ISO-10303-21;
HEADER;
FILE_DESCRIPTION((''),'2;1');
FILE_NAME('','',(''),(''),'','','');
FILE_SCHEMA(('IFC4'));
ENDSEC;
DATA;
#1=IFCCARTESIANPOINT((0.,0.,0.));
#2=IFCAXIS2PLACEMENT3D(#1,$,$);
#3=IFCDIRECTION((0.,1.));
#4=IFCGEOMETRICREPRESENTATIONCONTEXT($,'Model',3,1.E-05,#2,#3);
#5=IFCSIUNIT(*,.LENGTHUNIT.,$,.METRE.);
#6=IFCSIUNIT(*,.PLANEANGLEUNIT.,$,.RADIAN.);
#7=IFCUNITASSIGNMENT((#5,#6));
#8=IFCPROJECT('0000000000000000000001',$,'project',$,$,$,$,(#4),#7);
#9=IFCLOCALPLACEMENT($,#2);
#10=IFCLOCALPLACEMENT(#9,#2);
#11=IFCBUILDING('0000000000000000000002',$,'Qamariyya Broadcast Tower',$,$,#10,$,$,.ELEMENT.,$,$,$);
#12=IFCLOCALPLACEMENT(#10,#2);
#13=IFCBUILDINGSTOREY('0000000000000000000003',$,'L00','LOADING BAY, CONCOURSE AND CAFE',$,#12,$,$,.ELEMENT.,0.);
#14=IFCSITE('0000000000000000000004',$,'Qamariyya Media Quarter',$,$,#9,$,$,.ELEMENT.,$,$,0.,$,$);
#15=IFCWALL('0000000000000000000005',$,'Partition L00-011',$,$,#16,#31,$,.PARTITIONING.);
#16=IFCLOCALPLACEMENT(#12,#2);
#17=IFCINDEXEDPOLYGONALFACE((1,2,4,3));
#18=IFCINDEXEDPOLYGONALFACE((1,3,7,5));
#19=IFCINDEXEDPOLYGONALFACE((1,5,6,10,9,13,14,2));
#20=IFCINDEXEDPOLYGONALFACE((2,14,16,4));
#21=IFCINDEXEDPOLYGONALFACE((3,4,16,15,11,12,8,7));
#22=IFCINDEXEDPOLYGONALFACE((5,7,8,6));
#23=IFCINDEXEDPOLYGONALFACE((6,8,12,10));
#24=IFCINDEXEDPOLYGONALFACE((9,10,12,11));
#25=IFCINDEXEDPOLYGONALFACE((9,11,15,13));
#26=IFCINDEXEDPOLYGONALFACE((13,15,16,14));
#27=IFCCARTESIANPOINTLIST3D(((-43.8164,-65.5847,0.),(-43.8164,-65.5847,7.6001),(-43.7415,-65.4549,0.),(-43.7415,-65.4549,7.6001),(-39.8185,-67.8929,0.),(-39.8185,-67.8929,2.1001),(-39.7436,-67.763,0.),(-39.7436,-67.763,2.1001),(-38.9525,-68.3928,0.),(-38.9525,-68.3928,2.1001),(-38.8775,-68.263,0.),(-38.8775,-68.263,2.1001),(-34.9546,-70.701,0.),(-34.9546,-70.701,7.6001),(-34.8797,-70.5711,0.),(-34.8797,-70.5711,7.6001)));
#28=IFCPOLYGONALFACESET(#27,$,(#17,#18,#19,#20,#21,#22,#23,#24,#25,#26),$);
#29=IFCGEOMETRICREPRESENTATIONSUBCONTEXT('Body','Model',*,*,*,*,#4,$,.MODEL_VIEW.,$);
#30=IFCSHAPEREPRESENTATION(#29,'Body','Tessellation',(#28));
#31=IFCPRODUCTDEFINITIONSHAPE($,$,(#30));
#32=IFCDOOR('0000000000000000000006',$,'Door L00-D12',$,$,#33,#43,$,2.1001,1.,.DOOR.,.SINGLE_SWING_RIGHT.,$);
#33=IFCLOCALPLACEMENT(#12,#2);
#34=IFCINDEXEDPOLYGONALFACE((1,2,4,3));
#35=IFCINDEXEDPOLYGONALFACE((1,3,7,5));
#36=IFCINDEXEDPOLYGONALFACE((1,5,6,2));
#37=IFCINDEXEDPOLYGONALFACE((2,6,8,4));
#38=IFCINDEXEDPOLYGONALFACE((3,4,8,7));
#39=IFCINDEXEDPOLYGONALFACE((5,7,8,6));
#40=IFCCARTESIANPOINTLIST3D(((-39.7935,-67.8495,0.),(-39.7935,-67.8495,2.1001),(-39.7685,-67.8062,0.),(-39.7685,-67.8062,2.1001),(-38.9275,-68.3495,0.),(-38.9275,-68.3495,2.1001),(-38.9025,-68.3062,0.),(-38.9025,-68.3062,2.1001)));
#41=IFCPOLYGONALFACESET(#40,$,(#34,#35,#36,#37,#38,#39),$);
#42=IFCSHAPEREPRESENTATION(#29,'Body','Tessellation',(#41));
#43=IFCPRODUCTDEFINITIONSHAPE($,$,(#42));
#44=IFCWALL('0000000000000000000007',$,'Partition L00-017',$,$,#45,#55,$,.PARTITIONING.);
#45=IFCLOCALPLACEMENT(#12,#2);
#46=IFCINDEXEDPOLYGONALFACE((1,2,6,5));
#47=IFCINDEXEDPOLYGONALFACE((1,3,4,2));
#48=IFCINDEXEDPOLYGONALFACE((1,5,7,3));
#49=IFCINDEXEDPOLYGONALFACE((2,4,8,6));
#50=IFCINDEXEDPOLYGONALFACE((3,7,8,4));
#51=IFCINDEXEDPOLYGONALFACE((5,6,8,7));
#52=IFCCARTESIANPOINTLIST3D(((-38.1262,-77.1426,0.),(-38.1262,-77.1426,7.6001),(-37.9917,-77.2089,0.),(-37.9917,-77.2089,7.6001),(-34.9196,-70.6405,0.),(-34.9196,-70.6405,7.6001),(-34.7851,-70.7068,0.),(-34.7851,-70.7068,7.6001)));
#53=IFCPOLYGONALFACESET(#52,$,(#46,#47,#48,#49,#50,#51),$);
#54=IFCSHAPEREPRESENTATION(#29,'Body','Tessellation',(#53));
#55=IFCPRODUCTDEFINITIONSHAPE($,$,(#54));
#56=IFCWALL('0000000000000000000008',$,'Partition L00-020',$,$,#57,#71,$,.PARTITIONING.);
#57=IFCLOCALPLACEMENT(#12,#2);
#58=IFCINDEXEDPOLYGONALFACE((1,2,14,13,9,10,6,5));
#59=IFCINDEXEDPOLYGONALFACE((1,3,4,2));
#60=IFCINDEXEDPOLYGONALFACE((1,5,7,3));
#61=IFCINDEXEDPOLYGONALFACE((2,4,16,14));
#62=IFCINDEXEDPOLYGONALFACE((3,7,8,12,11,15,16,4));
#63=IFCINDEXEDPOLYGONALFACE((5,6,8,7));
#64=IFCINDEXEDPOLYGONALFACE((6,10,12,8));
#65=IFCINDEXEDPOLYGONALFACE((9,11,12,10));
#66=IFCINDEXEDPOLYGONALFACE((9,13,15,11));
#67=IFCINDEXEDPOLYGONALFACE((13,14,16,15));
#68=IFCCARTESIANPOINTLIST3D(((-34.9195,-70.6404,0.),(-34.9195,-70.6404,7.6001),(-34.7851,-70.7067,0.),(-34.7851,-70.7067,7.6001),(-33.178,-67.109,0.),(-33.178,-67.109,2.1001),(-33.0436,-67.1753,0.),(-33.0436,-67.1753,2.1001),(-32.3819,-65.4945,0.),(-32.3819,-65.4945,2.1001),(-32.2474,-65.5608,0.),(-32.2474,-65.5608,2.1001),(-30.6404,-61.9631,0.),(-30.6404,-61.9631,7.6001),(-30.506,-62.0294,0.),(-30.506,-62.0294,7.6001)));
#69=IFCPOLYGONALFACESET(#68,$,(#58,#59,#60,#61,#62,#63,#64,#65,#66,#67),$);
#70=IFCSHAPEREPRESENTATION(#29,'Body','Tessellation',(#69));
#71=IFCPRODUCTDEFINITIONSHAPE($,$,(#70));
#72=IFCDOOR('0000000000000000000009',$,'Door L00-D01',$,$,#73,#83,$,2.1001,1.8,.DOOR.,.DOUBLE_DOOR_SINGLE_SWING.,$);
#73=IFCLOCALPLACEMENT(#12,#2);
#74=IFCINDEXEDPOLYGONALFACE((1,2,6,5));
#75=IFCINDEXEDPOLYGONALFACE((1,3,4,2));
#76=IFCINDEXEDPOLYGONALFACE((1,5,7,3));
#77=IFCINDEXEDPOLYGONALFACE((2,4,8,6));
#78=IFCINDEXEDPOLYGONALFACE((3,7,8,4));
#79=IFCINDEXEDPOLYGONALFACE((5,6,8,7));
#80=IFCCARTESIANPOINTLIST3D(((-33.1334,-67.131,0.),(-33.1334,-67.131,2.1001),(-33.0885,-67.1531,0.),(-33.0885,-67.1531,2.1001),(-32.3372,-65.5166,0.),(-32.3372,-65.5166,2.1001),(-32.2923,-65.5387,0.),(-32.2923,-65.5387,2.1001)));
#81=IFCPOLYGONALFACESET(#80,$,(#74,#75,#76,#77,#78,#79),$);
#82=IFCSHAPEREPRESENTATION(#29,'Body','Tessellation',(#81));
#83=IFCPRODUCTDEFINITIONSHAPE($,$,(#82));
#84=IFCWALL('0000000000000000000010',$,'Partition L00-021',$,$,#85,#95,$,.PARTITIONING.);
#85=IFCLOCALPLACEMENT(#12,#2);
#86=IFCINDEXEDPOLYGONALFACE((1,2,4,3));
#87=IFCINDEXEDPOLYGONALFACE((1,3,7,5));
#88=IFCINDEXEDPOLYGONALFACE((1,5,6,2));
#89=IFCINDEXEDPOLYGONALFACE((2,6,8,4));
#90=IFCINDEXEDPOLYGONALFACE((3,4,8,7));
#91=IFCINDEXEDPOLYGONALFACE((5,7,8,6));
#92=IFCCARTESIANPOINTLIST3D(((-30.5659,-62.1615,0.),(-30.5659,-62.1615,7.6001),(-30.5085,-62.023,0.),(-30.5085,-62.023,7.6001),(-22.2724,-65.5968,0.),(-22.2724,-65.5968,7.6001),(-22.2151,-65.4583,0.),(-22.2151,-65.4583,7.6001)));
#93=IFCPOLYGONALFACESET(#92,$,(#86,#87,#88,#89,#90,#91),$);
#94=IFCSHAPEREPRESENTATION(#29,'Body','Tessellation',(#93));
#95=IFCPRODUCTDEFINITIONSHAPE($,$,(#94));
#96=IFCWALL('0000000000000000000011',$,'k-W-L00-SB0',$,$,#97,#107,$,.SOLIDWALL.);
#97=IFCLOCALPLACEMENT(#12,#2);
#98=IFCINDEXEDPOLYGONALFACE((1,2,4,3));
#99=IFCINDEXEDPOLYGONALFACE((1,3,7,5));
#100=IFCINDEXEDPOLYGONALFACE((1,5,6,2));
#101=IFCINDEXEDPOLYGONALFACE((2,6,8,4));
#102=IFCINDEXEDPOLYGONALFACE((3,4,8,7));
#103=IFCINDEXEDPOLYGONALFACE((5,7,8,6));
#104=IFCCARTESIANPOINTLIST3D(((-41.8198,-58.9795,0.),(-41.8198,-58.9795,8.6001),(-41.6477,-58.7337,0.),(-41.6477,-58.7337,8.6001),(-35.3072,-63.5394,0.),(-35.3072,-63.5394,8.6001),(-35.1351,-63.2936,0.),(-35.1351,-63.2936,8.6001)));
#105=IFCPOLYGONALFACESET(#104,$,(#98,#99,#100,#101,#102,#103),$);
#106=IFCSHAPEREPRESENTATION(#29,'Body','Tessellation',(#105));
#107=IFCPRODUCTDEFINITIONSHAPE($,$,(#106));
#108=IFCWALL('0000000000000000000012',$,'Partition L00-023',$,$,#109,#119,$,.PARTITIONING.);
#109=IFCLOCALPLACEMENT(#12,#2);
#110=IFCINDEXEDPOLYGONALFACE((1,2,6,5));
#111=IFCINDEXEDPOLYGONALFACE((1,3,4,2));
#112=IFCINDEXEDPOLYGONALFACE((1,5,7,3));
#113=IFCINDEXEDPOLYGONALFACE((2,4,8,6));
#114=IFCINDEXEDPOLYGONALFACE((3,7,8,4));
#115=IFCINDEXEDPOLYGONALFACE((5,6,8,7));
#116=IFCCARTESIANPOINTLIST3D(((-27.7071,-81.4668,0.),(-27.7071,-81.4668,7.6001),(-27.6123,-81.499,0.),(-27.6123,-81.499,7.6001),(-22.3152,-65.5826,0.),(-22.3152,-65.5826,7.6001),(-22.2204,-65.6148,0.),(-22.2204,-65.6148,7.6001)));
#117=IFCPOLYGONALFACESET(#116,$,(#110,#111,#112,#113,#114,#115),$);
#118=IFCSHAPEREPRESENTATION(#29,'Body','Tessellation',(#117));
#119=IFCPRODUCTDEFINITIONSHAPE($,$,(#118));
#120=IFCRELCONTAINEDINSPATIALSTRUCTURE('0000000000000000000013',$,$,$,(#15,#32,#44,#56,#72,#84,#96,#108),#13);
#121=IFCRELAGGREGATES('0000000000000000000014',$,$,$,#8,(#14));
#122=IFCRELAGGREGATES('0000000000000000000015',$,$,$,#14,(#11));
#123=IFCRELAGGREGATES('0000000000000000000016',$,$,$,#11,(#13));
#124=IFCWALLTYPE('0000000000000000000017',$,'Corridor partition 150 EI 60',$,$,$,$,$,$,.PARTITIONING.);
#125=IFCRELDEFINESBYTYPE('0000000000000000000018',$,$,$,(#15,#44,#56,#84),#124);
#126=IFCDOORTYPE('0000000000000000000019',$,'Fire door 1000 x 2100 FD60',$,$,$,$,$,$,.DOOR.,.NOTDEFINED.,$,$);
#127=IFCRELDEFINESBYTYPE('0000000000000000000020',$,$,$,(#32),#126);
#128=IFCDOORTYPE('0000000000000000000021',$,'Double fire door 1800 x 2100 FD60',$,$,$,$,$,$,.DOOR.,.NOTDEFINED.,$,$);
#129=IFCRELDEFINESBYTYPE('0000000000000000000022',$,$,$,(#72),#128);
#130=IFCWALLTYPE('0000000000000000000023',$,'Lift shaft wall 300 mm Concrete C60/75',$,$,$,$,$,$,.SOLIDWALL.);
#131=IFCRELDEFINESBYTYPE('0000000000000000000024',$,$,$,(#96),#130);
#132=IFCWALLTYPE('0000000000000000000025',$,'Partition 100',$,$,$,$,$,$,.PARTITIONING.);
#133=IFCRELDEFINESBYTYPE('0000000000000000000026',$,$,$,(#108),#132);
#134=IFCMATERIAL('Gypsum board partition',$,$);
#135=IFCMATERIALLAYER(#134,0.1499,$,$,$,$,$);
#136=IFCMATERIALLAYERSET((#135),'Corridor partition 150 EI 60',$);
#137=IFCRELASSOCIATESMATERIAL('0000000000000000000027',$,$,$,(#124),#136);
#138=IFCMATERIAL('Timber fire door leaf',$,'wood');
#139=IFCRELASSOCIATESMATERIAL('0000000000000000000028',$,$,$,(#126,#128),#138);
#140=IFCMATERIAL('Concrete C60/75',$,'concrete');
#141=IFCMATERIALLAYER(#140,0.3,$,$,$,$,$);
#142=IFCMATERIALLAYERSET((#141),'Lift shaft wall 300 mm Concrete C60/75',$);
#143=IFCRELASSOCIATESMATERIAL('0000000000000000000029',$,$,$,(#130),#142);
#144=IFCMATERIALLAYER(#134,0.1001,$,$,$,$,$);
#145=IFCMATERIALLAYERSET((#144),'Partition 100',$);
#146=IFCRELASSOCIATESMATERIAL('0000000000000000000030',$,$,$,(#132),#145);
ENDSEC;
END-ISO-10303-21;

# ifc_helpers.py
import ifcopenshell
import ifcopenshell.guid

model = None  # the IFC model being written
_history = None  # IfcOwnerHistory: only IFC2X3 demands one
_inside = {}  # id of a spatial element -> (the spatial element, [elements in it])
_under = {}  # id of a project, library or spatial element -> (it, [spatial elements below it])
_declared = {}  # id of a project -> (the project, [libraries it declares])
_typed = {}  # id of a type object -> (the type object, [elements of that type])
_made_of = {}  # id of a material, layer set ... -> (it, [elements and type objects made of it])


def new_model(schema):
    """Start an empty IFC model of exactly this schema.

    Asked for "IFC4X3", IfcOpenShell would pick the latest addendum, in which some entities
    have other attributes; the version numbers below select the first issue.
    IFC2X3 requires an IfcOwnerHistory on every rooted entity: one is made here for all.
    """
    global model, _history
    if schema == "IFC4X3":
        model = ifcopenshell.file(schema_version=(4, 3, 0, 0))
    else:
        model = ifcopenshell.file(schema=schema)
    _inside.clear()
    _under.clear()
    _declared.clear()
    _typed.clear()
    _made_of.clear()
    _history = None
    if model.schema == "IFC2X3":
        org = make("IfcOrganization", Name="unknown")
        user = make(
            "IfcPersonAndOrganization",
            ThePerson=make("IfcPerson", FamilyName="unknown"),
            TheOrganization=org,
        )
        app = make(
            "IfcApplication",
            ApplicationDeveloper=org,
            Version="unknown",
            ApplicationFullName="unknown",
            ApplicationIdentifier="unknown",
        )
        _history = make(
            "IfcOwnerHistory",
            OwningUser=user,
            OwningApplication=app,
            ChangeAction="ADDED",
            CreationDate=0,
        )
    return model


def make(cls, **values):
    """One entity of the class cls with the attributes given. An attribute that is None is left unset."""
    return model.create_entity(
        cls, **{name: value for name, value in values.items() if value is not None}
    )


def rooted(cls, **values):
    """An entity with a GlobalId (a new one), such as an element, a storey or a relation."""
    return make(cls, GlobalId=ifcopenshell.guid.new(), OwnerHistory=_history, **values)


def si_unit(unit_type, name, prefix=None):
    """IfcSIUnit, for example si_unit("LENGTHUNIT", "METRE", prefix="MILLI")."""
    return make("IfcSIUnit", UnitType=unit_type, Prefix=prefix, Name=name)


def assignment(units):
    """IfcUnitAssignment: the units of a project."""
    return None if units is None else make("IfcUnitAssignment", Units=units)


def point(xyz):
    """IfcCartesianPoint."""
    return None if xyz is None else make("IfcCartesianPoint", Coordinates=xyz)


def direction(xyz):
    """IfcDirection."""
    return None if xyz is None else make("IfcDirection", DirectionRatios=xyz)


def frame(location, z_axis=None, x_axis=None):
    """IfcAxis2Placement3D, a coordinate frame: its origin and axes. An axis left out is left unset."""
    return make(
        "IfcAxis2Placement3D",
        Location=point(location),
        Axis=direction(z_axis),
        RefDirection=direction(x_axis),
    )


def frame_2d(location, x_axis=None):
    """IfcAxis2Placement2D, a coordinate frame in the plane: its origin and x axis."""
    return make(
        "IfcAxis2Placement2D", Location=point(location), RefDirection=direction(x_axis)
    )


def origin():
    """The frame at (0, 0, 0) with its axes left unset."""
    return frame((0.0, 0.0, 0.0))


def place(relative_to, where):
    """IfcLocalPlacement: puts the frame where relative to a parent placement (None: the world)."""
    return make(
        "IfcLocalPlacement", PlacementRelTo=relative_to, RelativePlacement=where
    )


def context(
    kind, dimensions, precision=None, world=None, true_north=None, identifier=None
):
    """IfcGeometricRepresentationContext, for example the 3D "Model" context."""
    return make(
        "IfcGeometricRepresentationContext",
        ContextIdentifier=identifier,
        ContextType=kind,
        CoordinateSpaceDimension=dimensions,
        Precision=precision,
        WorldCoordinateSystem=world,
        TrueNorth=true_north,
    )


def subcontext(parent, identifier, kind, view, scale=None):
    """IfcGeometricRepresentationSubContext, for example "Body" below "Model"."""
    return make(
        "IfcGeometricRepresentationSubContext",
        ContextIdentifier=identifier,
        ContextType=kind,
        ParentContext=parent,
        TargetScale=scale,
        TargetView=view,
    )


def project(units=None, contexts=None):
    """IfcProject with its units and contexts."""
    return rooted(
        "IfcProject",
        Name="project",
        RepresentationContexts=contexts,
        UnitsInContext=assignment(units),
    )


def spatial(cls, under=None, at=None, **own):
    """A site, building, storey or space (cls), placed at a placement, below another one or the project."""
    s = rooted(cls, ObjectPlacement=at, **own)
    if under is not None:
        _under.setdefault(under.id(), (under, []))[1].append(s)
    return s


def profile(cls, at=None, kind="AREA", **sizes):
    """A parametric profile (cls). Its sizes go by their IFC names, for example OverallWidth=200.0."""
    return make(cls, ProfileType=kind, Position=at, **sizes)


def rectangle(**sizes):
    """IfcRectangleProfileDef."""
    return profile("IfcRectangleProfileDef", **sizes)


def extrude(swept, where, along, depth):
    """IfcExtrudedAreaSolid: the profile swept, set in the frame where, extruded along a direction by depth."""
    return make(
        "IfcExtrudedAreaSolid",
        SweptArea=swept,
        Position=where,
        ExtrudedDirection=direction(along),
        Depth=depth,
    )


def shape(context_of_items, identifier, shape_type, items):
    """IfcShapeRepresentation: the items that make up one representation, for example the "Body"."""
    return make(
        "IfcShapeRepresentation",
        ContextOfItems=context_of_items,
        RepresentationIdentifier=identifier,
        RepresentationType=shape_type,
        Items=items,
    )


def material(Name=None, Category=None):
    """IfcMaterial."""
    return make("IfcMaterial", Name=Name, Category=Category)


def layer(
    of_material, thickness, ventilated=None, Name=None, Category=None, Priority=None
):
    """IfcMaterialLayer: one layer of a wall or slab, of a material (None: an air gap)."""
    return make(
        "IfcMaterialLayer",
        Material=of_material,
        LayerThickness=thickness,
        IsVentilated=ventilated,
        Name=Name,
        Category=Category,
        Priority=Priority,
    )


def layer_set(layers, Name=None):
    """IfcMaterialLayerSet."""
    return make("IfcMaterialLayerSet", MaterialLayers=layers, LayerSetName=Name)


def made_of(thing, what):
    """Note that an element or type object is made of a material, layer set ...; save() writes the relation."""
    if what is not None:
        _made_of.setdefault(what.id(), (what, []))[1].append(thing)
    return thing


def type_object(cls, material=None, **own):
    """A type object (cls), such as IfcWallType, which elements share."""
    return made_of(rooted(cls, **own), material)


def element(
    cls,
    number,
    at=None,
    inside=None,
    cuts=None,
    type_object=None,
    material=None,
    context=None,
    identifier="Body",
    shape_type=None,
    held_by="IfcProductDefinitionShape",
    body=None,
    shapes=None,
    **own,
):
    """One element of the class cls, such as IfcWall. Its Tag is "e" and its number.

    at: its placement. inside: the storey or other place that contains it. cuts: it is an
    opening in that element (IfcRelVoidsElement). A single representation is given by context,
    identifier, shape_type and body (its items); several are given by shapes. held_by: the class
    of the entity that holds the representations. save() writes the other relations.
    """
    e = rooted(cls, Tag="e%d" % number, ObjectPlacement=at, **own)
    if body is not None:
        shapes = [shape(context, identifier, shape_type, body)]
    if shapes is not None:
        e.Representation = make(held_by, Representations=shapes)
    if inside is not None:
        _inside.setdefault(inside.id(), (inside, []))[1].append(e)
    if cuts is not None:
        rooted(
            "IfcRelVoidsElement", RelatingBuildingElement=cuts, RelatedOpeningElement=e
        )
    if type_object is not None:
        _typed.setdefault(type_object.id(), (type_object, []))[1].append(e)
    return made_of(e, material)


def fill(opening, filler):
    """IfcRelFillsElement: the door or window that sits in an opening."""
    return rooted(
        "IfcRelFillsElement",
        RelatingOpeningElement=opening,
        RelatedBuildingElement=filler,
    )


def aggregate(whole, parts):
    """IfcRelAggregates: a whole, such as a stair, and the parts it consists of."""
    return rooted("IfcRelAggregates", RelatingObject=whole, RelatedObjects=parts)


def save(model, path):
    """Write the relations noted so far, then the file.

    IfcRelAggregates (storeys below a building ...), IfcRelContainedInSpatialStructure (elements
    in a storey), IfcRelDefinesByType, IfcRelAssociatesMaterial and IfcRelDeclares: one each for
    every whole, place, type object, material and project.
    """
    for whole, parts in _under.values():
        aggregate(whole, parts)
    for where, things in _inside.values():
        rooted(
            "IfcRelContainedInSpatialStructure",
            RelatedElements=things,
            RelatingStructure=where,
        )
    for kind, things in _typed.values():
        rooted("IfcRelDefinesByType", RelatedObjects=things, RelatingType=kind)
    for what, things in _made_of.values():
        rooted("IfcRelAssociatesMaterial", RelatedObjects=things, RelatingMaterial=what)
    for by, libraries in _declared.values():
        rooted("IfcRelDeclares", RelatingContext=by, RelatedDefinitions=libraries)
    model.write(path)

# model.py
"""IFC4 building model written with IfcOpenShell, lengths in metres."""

from ifc_helpers import new_model, si_unit, direction, frame, frame_2d, origin, place, context, subcontext, project, spatial, rectangle, extrude, material, layer, layer_set, type_object, element, fill, save


model = new_model("IFC4")

# Units and contexts
model_context = context("Model", 3, precision=1e-05, world=origin(), true_north=direction((0.0, 1.0)))
body_context = subcontext(model_context, "Body", "Model", "MODEL_VIEW")
ifc_project = project(units=[si_unit("LENGTHUNIT", "METRE"), si_unit("PLANEANGLEUNIT", "RADIAN")], contexts=[model_context])

# Site, building, storey
site_placement = place(None, origin())
site = spatial("IfcSite", under=ifc_project, at=site_placement, Name="Qamariyya Media Quarter", CompositionType="ELEMENT", RefElevation=0.0)
building_placement = place(site_placement, origin())
building = spatial("IfcBuilding", under=site, at=building_placement, Name="Qamariyya Broadcast Tower", CompositionType="ELEMENT")
storey_placement = place(building_placement, origin())
storey = spatial("IfcBuildingStorey", under=building, at=storey_placement, Name="L00", Description="LOADING BAY, CONCOURSE AND CAFE", CompositionType="ELEMENT", Elevation=0.0)

# Wall, opening, door
ifc_material_1 = material(Name="Gypsum board partition")
ifc_layer_1 = layer(ifc_material_1, 0.1499)
ifc_layer_set_1 = layer_set([ifc_layer_1], Name="Corridor partition 150 EI 60")
wall_type_1 = type_object("IfcWallType", Name="Corridor partition 150 EI 60", PredefinedType="PARTITIONING", material=ifc_layer_set_1)
wall_1_placement = place(storey_placement, frame((-34.9172, -70.636, 0.0), z_axis=(0.0, 0.0, 1.0), x_axis=(-0.866032, 0.499988, 0.0)))
wall_1 = element("IfcWall", 1, at=wall_1_placement, inside=storey, type_object=wall_type_1, Name="Partition L00-011", PredefinedType="PARTITIONING", context=body_context, shape_type="SweptSolid", body=[
    extrude(rectangle(XDim=10.2327, YDim=0.1499, at=frame_2d((5.1162, 0.0))), origin(), (0.0, 0.0, 1.0), 7.6001),
])
opening_1_placement = place(wall_1_placement, frame((4.6162, 0.0, 0.0)))
opening_1 = element("IfcOpeningElement", 2, at=opening_1_placement, cuts=wall_1, PredefinedType="OPENING", context=body_context, shape_type="SweptSolid", body=[
    extrude(rectangle(XDim=1.0, YDim=2.1001, at=frame_2d((0.5, 1.05))), frame((0.0, 0.085, 0.0), z_axis=(0.0, -1.0, 0.0), x_axis=(1.0, 0.0, 0.0)), (0.0, 0.0, 1.0), 0.1699),
])
ifc_material_2 = material(Name="Timber fire door leaf", Category="wood")
door_type_1 = type_object("IfcDoorType", Name="Fire door 1000 x 2100 FD60", OperationType="NOTDEFINED", PredefinedType="DOOR", material=ifc_material_2)
door_1_placement = place(opening_1_placement, origin())
door_1 = element("IfcDoor", 3, at=door_1_placement, inside=storey, type_object=door_type_1, Name="Door L00-D12", OperationType="SINGLE_SWING_RIGHT", OverallHeight=2.1001, OverallWidth=1.0, PredefinedType="DOOR", context=body_context, shape_type="SweptSolid", body=[
    extrude(rectangle(XDim=1.0, YDim=2.1001, at=frame_2d((0.5, 1.05))), frame((0.0, 0.0249, 0.0), z_axis=(0.0, -1.0, 0.0), x_axis=(1.0, 0.0, 0.0)), (0.0, 0.0, 1.0), 0.05),
])
fill(opening_1, door_1)

# Wall
wall_2_placement = place(storey_placement, frame((-34.8523, -70.6736, 0.0), z_axis=(0.0, 0.0, 1.0), x_axis=(-0.442304, -0.896865, 0.0)))
element("IfcWall", 4, at=wall_2_placement, inside=storey, type_object=wall_type_1, Name="Partition L00-017", PredefinedType="PARTITIONING", context=body_context, shape_type="SweptSolid", body=[
    extrude(rectangle(XDim=7.2498, YDim=0.1499, at=frame_2d((3.625, 0.0))), origin(), (0.0, 0.0, 1.0), 7.6001),
])

# Wall, opening, door
wall_3_placement = place(storey_placement, frame((-30.5732, -61.9963, 0.0), z_axis=(0.0, 0.0, 1.0), x_axis=(-0.442281, -0.896876, 0.0)))
wall_3 = element("IfcWall", 5, at=wall_3_placement, inside=storey, type_object=wall_type_1, Name="Partition L00-020", PredefinedType="PARTITIONING", context=body_context, shape_type="SweptSolid", body=[
    extrude(rectangle(XDim=9.675, YDim=0.1499, at=frame_2d((4.8374, 0.0))), origin(), (0.0, 0.0, 1.0), 7.6001),
])
opening_2_placement = place(wall_3_placement, frame((3.9375, 0.0, 0.0)))
opening_2 = element("IfcOpeningElement", 6, at=opening_2_placement, cuts=wall_3, PredefinedType="OPENING", context=body_context, shape_type="SweptSolid", body=[
    extrude(rectangle(XDim=1.8, YDim=2.1001, at=frame_2d((0.8999, 1.05))), frame((0.0, 0.085, 0.0), z_axis=(0.0, -1.0, 0.0), x_axis=(1.0, 0.0, 0.0)), (0.0, 0.0, 1.0), 0.1699),
])
door_type_2 = type_object("IfcDoorType", Name="Double fire door 1800 x 2100 FD60", OperationType="NOTDEFINED", PredefinedType="DOOR", material=ifc_material_2)
door_2_placement = place(opening_2_placement, origin())
door_2 = element("IfcDoor", 7, at=door_2_placement, inside=storey, type_object=door_type_2, Name="Door L00-D01", OperationType="DOUBLE_DOOR_SINGLE_SWING", OverallHeight=2.1001, OverallWidth=1.8, PredefinedType="DOOR", context=body_context, shape_type="SweptSolid", body=[
    extrude(rectangle(XDim=1.8, YDim=2.1001, at=frame_2d((0.8999, 1.05))), frame((0.0, 0.0249, 0.0), z_axis=(0.0, -1.0, 0.0), x_axis=(1.0, 0.0, 0.0)), (0.0, 0.0, 1.0), 0.05),
])
fill(opening_2, door_2)

# Walls
wall_4_placement = place(storey_placement, frame((-30.5371, -62.0923, 0.0), z_axis=(0.0, 0.0, 1.0), x_axis=(0.923878, -0.382687, 0.0)))
element("IfcWall", 8, at=wall_4_placement, inside=storey, type_object=wall_type_1, Name="Partition L00-021", PredefinedType="PARTITIONING", context=body_context, shape_type="SweptSolid", body=[
    extrude(rectangle(XDim=8.9768, YDim=0.1499, at=frame_2d((4.4883, 0.0))), origin(), (0.0, 0.0, 1.0), 7.6001),
])
ifc_material_3 = material(Name="Concrete C60/75", Category="concrete")
ifc_layer_2 = layer(ifc_material_3, 0.3)
ifc_layer_set_2 = layer_set([ifc_layer_2], Name="Lift shaft wall 300 mm Concrete C60/75")
wall_type_2 = type_object("IfcWallType", Name="Lift shaft wall 300 mm Concrete C60/75", PredefinedType="SOLIDWALL", material=ifc_layer_set_2)
wall_5_placement = place(storey_placement, frame((-35.2212, -63.4165, 0.0), z_axis=(0.0, 0.0, 1.0), x_axis=(-0.819167, 0.573555, 0.0)))
element("IfcWall", 9, at=wall_5_placement, inside=storey, type_object=wall_type_2, Name="k-W-L00-SB0", PredefinedType="SOLIDWALL", context=body_context, shape_type="SweptSolid", body=[
    extrude(rectangle(XDim=7.9502, YDim=0.3, at=frame_2d((3.9751, 0.0))), origin(), (0.0, 0.0, 1.0), 8.6001),
])
ifc_layer_3 = layer(ifc_material_1, 0.1001)
ifc_layer_set_3 = layer_set([ifc_layer_3], Name="Partition 100")
wall_type_3 = type_object("IfcWallType", Name="Partition 100", PredefinedType="PARTITIONING", material=ifc_layer_set_3)
wall_6_placement = place(storey_placement, frame((-27.6597, -81.4829, 0.0), z_axis=(0.0, 0.0, 1.0), x_axis=(0.321432, 0.946933, 0.0)))
element("IfcWall", 10, at=wall_6_placement, inside=storey, type_object=wall_type_3, Name="Partition L00-023", PredefinedType="PARTITIONING", context=body_context, shape_type="SweptSolid", body=[
    extrude(rectangle(XDim=16.7744, YDim=0.1001, at=frame_2d((8.3872, 0.0))), origin(), (0.0, 0.0, 1.0), 7.6001),
])

save(model, "model.ifc")
